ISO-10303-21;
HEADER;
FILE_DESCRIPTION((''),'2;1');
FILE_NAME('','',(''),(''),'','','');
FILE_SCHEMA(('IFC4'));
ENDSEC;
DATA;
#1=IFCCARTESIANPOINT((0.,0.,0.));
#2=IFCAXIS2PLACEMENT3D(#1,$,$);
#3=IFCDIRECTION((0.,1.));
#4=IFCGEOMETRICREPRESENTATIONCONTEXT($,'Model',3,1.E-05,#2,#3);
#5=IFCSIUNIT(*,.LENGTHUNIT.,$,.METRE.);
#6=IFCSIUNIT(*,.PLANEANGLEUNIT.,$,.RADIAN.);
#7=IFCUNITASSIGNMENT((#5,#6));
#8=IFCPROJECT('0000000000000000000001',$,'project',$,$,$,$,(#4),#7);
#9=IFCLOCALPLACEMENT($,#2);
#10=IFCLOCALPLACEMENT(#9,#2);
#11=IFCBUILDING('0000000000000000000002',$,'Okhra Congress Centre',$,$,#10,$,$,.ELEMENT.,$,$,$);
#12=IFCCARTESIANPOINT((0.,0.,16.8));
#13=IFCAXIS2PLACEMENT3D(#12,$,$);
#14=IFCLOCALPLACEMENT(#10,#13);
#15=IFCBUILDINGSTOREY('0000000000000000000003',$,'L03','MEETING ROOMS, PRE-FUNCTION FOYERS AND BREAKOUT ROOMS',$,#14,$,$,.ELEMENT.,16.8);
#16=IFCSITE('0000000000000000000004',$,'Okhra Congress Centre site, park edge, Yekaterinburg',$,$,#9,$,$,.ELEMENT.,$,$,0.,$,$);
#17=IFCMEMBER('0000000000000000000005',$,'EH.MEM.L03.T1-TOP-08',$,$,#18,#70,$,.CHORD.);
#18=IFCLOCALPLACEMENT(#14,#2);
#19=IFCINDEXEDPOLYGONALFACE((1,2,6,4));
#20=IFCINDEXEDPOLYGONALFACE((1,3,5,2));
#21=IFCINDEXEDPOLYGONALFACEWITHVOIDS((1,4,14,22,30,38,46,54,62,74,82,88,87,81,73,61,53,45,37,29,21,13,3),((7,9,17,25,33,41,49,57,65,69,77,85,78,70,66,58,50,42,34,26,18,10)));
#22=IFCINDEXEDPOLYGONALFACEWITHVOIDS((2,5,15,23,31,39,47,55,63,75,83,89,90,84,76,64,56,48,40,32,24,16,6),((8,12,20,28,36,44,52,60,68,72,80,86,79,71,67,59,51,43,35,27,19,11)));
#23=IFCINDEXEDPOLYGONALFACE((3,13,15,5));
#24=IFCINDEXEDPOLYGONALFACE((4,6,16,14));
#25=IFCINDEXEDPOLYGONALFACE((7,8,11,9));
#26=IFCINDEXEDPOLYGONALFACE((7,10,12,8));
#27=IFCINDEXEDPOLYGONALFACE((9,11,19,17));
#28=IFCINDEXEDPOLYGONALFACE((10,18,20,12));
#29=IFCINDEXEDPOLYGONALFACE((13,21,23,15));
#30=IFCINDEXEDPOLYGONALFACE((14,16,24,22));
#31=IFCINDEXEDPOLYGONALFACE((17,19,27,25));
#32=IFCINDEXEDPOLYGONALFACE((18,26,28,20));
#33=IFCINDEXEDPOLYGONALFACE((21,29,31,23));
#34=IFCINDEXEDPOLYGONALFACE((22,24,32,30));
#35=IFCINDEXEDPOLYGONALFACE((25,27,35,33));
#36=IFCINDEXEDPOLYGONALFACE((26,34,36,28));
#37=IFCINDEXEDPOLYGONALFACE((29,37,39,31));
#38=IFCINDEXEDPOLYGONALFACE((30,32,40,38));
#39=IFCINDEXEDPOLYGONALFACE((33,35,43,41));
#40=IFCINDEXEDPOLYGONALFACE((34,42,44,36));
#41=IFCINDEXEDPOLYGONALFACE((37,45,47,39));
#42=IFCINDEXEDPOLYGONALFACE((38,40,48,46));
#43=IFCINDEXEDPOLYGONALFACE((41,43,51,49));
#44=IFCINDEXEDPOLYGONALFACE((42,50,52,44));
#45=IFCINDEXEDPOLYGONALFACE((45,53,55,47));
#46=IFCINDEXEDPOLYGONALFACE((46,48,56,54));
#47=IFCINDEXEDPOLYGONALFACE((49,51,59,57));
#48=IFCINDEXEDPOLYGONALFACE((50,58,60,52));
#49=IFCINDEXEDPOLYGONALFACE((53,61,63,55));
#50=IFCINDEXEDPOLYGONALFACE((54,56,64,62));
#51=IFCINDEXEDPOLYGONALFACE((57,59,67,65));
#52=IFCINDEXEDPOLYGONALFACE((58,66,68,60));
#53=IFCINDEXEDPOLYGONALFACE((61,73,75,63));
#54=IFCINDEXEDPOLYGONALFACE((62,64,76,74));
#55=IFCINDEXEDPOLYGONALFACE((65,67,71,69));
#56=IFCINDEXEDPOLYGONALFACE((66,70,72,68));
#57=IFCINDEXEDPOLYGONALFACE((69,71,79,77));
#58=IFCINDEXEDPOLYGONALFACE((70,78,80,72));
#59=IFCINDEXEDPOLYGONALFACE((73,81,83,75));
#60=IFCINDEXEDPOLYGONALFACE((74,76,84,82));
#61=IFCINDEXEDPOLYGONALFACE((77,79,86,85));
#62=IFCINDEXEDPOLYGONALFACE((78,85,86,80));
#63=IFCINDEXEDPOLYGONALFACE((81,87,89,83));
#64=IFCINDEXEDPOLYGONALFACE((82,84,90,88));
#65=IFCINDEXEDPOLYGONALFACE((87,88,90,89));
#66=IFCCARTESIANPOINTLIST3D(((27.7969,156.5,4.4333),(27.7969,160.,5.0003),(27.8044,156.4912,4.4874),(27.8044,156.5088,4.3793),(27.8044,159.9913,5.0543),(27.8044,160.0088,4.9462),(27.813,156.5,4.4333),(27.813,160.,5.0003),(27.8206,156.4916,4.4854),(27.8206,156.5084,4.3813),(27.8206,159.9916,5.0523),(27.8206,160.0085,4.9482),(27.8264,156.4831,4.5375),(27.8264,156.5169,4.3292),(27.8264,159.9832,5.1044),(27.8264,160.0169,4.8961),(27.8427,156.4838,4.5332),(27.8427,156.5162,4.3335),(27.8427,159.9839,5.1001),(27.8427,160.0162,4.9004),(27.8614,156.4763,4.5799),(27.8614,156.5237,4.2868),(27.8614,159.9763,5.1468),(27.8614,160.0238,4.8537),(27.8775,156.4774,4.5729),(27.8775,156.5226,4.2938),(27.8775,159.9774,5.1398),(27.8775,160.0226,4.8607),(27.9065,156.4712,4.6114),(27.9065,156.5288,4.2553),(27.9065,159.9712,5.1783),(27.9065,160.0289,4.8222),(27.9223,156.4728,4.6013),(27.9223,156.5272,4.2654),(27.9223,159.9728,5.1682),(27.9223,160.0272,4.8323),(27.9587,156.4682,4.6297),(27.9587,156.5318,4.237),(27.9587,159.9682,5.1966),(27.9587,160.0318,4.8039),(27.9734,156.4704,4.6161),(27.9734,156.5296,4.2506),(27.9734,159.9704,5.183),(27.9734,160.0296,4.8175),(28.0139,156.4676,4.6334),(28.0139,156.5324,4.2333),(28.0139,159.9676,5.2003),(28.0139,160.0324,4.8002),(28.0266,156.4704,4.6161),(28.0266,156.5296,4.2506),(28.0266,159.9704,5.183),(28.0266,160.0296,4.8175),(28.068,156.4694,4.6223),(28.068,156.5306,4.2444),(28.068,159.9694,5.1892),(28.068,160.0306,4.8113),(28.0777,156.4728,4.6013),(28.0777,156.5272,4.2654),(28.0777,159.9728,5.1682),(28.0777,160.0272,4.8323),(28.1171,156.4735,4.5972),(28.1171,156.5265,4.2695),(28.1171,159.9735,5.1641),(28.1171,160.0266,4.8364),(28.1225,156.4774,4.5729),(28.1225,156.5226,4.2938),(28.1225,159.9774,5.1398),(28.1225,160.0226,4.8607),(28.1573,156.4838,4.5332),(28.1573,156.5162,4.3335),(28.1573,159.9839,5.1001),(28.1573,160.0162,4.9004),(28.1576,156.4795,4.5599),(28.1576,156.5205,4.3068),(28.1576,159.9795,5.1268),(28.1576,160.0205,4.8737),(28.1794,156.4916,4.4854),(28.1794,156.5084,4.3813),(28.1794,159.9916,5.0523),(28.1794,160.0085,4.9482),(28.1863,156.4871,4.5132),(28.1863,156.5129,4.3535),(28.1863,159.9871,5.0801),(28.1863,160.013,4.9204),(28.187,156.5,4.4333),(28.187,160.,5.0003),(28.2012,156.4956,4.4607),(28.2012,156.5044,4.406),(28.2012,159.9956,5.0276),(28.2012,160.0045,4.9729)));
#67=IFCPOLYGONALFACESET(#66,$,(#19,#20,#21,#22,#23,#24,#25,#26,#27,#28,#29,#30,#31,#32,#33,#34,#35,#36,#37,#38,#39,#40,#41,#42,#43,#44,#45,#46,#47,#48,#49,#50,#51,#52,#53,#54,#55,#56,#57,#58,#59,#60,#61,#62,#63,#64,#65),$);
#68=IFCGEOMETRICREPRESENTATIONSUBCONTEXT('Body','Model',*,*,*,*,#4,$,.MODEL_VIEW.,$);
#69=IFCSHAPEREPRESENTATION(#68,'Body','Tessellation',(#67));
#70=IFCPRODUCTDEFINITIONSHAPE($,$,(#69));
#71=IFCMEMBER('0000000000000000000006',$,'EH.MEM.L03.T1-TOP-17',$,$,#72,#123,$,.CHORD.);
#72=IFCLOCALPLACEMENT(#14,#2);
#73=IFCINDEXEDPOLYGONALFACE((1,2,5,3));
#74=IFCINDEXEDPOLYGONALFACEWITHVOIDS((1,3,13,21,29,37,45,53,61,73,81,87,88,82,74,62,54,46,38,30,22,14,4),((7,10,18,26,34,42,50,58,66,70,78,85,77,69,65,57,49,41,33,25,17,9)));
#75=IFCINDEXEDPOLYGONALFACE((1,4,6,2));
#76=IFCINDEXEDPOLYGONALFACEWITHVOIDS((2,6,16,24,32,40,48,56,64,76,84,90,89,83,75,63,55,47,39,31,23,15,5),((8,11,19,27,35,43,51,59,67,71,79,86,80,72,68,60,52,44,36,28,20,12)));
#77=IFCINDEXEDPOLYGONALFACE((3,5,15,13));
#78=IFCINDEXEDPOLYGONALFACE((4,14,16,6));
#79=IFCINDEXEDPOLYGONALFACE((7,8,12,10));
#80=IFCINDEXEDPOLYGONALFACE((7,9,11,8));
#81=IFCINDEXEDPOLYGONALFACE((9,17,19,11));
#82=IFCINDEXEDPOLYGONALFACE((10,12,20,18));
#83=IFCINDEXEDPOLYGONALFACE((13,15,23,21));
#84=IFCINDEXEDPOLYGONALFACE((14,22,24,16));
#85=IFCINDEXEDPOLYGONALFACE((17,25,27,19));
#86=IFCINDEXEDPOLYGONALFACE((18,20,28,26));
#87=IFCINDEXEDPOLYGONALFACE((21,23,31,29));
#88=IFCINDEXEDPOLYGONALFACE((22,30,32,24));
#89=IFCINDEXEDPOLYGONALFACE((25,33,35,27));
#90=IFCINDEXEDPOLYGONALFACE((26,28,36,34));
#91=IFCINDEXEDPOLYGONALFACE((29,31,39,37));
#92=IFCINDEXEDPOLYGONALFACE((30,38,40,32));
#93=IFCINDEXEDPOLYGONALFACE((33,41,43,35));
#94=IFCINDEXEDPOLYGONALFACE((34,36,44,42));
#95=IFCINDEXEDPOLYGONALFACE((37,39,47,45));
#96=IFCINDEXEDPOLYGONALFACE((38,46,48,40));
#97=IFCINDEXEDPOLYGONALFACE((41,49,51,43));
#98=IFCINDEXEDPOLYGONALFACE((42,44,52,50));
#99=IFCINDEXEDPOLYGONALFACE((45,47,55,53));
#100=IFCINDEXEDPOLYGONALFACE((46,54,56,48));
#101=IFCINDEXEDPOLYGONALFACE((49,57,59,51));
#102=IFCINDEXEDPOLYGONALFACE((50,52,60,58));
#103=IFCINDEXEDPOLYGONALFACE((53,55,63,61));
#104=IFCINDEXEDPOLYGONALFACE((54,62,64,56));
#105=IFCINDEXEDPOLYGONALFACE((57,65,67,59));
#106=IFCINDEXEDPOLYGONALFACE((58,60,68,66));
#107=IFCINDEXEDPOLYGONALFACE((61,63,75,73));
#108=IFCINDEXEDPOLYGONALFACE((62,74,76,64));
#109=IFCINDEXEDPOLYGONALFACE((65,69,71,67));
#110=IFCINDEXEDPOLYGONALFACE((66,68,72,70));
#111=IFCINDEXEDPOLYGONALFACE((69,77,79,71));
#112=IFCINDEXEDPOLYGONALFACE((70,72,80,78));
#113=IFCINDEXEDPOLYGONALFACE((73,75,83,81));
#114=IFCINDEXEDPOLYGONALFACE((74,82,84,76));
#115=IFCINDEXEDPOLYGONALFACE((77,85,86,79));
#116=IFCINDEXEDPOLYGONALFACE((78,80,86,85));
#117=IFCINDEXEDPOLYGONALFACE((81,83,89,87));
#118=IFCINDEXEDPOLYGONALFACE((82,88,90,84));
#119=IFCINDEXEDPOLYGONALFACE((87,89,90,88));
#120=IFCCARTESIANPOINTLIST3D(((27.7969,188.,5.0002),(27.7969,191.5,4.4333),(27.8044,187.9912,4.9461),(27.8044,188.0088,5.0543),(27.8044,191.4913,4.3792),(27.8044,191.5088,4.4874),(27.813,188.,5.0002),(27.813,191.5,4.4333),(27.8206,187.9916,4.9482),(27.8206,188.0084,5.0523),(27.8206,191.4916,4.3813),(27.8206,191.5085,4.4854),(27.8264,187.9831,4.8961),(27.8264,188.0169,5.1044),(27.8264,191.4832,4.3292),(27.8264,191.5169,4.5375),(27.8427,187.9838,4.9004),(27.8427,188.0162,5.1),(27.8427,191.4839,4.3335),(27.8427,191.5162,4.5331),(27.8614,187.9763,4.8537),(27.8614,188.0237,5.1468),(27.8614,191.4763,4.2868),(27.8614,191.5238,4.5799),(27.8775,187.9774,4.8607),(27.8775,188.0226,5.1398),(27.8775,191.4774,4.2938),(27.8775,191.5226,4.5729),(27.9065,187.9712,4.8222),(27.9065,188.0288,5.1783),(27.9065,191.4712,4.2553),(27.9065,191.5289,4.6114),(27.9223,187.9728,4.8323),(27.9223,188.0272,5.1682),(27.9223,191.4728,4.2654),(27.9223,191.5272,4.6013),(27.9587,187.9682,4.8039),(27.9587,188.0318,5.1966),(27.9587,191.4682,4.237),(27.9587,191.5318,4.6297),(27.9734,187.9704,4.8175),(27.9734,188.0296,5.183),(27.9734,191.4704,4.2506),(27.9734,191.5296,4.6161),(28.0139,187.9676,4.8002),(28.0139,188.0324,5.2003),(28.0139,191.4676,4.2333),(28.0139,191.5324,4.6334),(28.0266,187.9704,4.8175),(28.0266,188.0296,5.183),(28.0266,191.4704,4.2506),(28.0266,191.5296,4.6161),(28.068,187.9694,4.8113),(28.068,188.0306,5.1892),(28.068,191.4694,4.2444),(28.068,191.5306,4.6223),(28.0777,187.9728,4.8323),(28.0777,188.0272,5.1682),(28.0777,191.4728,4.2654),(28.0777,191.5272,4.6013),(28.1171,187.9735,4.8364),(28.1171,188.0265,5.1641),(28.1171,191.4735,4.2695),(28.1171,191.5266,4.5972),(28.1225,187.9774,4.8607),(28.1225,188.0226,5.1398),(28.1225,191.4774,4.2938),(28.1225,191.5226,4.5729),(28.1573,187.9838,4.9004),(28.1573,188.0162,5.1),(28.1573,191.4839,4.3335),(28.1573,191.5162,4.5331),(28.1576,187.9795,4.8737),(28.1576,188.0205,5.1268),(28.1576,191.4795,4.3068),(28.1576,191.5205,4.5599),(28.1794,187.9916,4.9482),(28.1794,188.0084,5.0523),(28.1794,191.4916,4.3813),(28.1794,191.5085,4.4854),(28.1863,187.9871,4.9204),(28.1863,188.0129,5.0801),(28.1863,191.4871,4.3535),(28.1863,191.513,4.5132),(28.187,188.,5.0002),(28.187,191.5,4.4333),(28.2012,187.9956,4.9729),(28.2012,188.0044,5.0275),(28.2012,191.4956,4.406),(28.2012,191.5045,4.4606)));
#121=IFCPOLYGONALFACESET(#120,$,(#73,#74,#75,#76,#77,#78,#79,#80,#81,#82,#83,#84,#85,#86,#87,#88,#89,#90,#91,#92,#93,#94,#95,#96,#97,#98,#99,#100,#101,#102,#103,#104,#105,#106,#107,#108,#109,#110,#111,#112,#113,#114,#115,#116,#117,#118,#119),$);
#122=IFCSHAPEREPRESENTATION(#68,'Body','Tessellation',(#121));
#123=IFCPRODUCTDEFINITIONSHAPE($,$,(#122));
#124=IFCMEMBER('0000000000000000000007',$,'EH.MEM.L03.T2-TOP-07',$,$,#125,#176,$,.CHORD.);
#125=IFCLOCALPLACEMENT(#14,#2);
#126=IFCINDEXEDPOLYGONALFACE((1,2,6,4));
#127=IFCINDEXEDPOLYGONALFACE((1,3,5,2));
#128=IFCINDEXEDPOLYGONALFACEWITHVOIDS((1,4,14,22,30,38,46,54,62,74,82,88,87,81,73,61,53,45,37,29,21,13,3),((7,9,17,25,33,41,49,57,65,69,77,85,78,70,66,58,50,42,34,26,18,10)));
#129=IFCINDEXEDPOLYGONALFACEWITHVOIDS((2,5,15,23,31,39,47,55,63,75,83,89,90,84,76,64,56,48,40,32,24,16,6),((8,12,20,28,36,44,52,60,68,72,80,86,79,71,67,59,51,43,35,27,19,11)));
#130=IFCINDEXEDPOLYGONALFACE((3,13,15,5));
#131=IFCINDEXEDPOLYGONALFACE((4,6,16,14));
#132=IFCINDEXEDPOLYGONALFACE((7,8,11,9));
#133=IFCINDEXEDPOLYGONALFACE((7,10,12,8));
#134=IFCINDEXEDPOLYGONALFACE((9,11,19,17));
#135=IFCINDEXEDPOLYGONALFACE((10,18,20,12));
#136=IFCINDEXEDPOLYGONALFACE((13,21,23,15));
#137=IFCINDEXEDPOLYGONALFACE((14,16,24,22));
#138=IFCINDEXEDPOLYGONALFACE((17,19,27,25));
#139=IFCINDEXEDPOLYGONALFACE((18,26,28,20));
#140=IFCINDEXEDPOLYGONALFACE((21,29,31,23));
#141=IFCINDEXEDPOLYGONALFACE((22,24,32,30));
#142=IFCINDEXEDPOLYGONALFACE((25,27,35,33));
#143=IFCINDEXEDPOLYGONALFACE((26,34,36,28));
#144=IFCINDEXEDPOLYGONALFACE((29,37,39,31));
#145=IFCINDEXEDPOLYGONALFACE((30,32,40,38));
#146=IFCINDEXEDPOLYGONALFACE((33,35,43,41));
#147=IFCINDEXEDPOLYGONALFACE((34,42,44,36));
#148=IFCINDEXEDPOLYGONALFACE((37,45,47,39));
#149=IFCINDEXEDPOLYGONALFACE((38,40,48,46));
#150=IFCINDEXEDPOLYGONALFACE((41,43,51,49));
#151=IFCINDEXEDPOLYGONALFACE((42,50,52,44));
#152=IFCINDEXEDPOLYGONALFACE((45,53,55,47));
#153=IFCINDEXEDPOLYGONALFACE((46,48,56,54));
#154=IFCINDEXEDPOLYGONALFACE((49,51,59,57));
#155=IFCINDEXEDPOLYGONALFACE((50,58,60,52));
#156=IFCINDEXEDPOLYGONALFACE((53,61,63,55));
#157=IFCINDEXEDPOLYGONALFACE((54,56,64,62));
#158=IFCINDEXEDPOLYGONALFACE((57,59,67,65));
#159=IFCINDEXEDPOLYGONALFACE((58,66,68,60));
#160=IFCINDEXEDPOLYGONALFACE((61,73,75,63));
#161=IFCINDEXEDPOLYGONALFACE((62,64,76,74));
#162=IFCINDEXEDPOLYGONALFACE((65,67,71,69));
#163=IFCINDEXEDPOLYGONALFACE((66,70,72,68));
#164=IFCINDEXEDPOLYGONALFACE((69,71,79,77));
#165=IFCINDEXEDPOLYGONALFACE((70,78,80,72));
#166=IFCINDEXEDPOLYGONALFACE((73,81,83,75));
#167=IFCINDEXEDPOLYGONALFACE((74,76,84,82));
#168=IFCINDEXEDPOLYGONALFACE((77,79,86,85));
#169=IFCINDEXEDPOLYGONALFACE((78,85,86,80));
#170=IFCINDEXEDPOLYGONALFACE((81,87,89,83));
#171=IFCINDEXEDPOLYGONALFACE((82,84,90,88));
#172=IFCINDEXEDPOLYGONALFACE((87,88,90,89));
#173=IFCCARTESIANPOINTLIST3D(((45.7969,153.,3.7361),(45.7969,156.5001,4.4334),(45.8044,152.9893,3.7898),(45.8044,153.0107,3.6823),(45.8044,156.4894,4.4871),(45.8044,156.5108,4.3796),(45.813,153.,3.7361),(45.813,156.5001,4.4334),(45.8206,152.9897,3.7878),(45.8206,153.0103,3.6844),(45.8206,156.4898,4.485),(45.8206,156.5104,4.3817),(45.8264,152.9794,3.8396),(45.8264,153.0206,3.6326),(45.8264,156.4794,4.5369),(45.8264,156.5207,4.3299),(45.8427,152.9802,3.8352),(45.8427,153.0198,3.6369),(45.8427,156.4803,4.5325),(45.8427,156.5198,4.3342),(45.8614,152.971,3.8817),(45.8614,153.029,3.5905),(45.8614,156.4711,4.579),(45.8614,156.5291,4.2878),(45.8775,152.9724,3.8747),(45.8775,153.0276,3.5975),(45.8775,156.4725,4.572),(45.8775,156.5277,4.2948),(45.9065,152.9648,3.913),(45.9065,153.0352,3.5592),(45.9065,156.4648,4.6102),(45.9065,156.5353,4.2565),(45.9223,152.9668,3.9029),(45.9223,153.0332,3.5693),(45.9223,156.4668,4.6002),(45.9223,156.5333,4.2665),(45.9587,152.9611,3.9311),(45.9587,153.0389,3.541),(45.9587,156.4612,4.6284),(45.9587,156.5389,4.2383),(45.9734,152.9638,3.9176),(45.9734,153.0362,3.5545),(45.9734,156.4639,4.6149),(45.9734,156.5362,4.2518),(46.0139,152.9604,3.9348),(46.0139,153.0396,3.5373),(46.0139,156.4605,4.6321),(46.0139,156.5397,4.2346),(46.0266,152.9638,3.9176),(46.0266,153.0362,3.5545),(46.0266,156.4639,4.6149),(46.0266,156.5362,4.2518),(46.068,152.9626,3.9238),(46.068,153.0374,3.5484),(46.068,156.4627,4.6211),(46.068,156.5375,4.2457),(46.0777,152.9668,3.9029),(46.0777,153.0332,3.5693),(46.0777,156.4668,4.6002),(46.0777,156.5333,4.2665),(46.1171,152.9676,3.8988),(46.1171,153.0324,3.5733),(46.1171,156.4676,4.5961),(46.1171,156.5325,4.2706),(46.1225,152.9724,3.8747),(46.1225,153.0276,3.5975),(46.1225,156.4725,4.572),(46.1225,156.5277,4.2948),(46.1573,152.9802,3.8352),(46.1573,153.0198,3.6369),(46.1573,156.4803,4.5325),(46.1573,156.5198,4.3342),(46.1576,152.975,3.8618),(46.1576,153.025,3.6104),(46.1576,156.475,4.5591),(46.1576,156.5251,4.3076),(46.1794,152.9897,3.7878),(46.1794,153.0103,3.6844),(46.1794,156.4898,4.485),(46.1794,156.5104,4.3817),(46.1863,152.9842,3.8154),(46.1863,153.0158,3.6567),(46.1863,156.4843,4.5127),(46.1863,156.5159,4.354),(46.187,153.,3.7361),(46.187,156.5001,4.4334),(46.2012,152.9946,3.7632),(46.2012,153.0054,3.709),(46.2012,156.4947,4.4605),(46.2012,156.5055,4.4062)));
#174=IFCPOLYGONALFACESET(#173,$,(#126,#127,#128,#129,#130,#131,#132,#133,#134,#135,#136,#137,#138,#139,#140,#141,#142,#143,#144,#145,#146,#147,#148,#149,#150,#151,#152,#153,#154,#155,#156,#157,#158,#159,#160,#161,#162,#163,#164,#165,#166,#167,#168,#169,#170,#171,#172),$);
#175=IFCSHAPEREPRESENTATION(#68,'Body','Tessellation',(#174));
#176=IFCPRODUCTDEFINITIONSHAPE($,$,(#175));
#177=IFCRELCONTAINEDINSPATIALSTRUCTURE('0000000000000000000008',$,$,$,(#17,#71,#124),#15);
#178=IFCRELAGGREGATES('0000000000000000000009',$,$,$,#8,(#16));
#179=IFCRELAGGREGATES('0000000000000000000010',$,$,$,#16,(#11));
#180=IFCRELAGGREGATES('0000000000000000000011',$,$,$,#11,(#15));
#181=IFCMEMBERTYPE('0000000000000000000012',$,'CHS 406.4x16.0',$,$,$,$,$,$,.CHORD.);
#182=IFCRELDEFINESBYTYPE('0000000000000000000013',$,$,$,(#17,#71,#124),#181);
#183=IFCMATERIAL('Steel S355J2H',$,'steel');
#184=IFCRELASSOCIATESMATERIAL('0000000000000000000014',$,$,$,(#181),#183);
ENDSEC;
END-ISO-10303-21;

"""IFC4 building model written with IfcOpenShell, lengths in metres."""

from ifc_helpers import new_model, si_unit, direction, frame, origin, origin_2d, place, context, subcontext, project, spatial, hollow_circle, extrude, material, material_profile, profile_set, type_object, element, save


model = new_model("IFC4")

# Units and contexts
model_context = context("Model", 3, precision=1e-05, world=origin(), true_north=direction((0.0, 1.0)))
body_context = subcontext(model_context, "Body", "Model", "MODEL_VIEW")
ifc_project = project(units=[si_unit("LENGTHUNIT", "METRE"), si_unit("PLANEANGLEUNIT", "RADIAN")], contexts=[model_context])

# Site, building, storey
site_placement = place(None, origin())
site = spatial("IfcSite", under=ifc_project, at=site_placement, Name="Okhra Congress Centre site, park edge, Yekaterinburg", CompositionType="ELEMENT", RefElevation=0.0)
building_placement = place(site_placement, origin())
building = spatial("IfcBuilding", under=site, at=building_placement, Name="Okhra Congress Centre", CompositionType="ELEMENT")
storey_placement = place(building_placement, frame((0.0, 0.0, 16.8)))
storey = spatial("IfcBuildingStorey", under=building, at=storey_placement, Name="L03", Description="MEETING ROOMS, PRE-FUNCTION FOYERS AND BREAKOUT ROOMS", CompositionType="ELEMENT", Elevation=16.8)

# Members
ifc_material_1 = material(Name="Steel S355J2H", Category="steel")
ifc_material_profile_1 = material_profile(ifc_material_1, hollow_circle(Radius=0.2031, WallThickness=0.0161, at=origin_2d()), Name="CHS 406.4x16.0")
ifc_profile_set_1 = profile_set([ifc_material_profile_1], Name="Steel S355J2H")
member_type_1 = type_object("IfcMemberType", Name="CHS 406.4x16.0", PredefinedType="CHORD", material=ifc_profile_set_1)
for number, where, z_axis, x_axis, name in (
    (1, (28.0, 156.5, 4.4333), (0.0, 0.987135, 0.159886), (-1.0, 0.0, 0.0), "EH.MEM.L03.T1-TOP-08"),
    (2, (28.0, 188.0, 5.0002), (0.0, 0.987135, -0.159886), (-1.0, 0.0, 0.0), "EH.MEM.L03.T1-TOP-17"),
):
    element("IfcMember", number, at=place(storey_placement, frame(where, z_axis=z_axis, x_axis=x_axis)), inside=storey, type_object=member_type_1, Name=name, PredefinedType="CHORD", context=body_context, shape_type="SweptSolid", body=[
        extrude(hollow_circle(Radius=0.2031, WallThickness=0.0161, at=origin_2d()), origin(), (0.0, 0.0, 1.0), 3.5457),
    ])
member_1_placement = place(storey_placement, frame((46.0, 153.0, 3.7361), z_axis=(0.0, 0.980728, 0.195379), x_axis=(-1.0, 0.0, 0.0)))
element("IfcMember", 3, at=member_1_placement, inside=storey, type_object=member_type_1, Name="EH.MEM.L03.T2-TOP-07", PredefinedType="CHORD", context=body_context, shape_type="SweptSolid", body=[
    extrude(hollow_circle(Radius=0.2031, WallThickness=0.0161, at=origin_2d()), origin(), (0.0, 0.0, 1.0), 3.5688),
])

save(model, "model.ifc")
